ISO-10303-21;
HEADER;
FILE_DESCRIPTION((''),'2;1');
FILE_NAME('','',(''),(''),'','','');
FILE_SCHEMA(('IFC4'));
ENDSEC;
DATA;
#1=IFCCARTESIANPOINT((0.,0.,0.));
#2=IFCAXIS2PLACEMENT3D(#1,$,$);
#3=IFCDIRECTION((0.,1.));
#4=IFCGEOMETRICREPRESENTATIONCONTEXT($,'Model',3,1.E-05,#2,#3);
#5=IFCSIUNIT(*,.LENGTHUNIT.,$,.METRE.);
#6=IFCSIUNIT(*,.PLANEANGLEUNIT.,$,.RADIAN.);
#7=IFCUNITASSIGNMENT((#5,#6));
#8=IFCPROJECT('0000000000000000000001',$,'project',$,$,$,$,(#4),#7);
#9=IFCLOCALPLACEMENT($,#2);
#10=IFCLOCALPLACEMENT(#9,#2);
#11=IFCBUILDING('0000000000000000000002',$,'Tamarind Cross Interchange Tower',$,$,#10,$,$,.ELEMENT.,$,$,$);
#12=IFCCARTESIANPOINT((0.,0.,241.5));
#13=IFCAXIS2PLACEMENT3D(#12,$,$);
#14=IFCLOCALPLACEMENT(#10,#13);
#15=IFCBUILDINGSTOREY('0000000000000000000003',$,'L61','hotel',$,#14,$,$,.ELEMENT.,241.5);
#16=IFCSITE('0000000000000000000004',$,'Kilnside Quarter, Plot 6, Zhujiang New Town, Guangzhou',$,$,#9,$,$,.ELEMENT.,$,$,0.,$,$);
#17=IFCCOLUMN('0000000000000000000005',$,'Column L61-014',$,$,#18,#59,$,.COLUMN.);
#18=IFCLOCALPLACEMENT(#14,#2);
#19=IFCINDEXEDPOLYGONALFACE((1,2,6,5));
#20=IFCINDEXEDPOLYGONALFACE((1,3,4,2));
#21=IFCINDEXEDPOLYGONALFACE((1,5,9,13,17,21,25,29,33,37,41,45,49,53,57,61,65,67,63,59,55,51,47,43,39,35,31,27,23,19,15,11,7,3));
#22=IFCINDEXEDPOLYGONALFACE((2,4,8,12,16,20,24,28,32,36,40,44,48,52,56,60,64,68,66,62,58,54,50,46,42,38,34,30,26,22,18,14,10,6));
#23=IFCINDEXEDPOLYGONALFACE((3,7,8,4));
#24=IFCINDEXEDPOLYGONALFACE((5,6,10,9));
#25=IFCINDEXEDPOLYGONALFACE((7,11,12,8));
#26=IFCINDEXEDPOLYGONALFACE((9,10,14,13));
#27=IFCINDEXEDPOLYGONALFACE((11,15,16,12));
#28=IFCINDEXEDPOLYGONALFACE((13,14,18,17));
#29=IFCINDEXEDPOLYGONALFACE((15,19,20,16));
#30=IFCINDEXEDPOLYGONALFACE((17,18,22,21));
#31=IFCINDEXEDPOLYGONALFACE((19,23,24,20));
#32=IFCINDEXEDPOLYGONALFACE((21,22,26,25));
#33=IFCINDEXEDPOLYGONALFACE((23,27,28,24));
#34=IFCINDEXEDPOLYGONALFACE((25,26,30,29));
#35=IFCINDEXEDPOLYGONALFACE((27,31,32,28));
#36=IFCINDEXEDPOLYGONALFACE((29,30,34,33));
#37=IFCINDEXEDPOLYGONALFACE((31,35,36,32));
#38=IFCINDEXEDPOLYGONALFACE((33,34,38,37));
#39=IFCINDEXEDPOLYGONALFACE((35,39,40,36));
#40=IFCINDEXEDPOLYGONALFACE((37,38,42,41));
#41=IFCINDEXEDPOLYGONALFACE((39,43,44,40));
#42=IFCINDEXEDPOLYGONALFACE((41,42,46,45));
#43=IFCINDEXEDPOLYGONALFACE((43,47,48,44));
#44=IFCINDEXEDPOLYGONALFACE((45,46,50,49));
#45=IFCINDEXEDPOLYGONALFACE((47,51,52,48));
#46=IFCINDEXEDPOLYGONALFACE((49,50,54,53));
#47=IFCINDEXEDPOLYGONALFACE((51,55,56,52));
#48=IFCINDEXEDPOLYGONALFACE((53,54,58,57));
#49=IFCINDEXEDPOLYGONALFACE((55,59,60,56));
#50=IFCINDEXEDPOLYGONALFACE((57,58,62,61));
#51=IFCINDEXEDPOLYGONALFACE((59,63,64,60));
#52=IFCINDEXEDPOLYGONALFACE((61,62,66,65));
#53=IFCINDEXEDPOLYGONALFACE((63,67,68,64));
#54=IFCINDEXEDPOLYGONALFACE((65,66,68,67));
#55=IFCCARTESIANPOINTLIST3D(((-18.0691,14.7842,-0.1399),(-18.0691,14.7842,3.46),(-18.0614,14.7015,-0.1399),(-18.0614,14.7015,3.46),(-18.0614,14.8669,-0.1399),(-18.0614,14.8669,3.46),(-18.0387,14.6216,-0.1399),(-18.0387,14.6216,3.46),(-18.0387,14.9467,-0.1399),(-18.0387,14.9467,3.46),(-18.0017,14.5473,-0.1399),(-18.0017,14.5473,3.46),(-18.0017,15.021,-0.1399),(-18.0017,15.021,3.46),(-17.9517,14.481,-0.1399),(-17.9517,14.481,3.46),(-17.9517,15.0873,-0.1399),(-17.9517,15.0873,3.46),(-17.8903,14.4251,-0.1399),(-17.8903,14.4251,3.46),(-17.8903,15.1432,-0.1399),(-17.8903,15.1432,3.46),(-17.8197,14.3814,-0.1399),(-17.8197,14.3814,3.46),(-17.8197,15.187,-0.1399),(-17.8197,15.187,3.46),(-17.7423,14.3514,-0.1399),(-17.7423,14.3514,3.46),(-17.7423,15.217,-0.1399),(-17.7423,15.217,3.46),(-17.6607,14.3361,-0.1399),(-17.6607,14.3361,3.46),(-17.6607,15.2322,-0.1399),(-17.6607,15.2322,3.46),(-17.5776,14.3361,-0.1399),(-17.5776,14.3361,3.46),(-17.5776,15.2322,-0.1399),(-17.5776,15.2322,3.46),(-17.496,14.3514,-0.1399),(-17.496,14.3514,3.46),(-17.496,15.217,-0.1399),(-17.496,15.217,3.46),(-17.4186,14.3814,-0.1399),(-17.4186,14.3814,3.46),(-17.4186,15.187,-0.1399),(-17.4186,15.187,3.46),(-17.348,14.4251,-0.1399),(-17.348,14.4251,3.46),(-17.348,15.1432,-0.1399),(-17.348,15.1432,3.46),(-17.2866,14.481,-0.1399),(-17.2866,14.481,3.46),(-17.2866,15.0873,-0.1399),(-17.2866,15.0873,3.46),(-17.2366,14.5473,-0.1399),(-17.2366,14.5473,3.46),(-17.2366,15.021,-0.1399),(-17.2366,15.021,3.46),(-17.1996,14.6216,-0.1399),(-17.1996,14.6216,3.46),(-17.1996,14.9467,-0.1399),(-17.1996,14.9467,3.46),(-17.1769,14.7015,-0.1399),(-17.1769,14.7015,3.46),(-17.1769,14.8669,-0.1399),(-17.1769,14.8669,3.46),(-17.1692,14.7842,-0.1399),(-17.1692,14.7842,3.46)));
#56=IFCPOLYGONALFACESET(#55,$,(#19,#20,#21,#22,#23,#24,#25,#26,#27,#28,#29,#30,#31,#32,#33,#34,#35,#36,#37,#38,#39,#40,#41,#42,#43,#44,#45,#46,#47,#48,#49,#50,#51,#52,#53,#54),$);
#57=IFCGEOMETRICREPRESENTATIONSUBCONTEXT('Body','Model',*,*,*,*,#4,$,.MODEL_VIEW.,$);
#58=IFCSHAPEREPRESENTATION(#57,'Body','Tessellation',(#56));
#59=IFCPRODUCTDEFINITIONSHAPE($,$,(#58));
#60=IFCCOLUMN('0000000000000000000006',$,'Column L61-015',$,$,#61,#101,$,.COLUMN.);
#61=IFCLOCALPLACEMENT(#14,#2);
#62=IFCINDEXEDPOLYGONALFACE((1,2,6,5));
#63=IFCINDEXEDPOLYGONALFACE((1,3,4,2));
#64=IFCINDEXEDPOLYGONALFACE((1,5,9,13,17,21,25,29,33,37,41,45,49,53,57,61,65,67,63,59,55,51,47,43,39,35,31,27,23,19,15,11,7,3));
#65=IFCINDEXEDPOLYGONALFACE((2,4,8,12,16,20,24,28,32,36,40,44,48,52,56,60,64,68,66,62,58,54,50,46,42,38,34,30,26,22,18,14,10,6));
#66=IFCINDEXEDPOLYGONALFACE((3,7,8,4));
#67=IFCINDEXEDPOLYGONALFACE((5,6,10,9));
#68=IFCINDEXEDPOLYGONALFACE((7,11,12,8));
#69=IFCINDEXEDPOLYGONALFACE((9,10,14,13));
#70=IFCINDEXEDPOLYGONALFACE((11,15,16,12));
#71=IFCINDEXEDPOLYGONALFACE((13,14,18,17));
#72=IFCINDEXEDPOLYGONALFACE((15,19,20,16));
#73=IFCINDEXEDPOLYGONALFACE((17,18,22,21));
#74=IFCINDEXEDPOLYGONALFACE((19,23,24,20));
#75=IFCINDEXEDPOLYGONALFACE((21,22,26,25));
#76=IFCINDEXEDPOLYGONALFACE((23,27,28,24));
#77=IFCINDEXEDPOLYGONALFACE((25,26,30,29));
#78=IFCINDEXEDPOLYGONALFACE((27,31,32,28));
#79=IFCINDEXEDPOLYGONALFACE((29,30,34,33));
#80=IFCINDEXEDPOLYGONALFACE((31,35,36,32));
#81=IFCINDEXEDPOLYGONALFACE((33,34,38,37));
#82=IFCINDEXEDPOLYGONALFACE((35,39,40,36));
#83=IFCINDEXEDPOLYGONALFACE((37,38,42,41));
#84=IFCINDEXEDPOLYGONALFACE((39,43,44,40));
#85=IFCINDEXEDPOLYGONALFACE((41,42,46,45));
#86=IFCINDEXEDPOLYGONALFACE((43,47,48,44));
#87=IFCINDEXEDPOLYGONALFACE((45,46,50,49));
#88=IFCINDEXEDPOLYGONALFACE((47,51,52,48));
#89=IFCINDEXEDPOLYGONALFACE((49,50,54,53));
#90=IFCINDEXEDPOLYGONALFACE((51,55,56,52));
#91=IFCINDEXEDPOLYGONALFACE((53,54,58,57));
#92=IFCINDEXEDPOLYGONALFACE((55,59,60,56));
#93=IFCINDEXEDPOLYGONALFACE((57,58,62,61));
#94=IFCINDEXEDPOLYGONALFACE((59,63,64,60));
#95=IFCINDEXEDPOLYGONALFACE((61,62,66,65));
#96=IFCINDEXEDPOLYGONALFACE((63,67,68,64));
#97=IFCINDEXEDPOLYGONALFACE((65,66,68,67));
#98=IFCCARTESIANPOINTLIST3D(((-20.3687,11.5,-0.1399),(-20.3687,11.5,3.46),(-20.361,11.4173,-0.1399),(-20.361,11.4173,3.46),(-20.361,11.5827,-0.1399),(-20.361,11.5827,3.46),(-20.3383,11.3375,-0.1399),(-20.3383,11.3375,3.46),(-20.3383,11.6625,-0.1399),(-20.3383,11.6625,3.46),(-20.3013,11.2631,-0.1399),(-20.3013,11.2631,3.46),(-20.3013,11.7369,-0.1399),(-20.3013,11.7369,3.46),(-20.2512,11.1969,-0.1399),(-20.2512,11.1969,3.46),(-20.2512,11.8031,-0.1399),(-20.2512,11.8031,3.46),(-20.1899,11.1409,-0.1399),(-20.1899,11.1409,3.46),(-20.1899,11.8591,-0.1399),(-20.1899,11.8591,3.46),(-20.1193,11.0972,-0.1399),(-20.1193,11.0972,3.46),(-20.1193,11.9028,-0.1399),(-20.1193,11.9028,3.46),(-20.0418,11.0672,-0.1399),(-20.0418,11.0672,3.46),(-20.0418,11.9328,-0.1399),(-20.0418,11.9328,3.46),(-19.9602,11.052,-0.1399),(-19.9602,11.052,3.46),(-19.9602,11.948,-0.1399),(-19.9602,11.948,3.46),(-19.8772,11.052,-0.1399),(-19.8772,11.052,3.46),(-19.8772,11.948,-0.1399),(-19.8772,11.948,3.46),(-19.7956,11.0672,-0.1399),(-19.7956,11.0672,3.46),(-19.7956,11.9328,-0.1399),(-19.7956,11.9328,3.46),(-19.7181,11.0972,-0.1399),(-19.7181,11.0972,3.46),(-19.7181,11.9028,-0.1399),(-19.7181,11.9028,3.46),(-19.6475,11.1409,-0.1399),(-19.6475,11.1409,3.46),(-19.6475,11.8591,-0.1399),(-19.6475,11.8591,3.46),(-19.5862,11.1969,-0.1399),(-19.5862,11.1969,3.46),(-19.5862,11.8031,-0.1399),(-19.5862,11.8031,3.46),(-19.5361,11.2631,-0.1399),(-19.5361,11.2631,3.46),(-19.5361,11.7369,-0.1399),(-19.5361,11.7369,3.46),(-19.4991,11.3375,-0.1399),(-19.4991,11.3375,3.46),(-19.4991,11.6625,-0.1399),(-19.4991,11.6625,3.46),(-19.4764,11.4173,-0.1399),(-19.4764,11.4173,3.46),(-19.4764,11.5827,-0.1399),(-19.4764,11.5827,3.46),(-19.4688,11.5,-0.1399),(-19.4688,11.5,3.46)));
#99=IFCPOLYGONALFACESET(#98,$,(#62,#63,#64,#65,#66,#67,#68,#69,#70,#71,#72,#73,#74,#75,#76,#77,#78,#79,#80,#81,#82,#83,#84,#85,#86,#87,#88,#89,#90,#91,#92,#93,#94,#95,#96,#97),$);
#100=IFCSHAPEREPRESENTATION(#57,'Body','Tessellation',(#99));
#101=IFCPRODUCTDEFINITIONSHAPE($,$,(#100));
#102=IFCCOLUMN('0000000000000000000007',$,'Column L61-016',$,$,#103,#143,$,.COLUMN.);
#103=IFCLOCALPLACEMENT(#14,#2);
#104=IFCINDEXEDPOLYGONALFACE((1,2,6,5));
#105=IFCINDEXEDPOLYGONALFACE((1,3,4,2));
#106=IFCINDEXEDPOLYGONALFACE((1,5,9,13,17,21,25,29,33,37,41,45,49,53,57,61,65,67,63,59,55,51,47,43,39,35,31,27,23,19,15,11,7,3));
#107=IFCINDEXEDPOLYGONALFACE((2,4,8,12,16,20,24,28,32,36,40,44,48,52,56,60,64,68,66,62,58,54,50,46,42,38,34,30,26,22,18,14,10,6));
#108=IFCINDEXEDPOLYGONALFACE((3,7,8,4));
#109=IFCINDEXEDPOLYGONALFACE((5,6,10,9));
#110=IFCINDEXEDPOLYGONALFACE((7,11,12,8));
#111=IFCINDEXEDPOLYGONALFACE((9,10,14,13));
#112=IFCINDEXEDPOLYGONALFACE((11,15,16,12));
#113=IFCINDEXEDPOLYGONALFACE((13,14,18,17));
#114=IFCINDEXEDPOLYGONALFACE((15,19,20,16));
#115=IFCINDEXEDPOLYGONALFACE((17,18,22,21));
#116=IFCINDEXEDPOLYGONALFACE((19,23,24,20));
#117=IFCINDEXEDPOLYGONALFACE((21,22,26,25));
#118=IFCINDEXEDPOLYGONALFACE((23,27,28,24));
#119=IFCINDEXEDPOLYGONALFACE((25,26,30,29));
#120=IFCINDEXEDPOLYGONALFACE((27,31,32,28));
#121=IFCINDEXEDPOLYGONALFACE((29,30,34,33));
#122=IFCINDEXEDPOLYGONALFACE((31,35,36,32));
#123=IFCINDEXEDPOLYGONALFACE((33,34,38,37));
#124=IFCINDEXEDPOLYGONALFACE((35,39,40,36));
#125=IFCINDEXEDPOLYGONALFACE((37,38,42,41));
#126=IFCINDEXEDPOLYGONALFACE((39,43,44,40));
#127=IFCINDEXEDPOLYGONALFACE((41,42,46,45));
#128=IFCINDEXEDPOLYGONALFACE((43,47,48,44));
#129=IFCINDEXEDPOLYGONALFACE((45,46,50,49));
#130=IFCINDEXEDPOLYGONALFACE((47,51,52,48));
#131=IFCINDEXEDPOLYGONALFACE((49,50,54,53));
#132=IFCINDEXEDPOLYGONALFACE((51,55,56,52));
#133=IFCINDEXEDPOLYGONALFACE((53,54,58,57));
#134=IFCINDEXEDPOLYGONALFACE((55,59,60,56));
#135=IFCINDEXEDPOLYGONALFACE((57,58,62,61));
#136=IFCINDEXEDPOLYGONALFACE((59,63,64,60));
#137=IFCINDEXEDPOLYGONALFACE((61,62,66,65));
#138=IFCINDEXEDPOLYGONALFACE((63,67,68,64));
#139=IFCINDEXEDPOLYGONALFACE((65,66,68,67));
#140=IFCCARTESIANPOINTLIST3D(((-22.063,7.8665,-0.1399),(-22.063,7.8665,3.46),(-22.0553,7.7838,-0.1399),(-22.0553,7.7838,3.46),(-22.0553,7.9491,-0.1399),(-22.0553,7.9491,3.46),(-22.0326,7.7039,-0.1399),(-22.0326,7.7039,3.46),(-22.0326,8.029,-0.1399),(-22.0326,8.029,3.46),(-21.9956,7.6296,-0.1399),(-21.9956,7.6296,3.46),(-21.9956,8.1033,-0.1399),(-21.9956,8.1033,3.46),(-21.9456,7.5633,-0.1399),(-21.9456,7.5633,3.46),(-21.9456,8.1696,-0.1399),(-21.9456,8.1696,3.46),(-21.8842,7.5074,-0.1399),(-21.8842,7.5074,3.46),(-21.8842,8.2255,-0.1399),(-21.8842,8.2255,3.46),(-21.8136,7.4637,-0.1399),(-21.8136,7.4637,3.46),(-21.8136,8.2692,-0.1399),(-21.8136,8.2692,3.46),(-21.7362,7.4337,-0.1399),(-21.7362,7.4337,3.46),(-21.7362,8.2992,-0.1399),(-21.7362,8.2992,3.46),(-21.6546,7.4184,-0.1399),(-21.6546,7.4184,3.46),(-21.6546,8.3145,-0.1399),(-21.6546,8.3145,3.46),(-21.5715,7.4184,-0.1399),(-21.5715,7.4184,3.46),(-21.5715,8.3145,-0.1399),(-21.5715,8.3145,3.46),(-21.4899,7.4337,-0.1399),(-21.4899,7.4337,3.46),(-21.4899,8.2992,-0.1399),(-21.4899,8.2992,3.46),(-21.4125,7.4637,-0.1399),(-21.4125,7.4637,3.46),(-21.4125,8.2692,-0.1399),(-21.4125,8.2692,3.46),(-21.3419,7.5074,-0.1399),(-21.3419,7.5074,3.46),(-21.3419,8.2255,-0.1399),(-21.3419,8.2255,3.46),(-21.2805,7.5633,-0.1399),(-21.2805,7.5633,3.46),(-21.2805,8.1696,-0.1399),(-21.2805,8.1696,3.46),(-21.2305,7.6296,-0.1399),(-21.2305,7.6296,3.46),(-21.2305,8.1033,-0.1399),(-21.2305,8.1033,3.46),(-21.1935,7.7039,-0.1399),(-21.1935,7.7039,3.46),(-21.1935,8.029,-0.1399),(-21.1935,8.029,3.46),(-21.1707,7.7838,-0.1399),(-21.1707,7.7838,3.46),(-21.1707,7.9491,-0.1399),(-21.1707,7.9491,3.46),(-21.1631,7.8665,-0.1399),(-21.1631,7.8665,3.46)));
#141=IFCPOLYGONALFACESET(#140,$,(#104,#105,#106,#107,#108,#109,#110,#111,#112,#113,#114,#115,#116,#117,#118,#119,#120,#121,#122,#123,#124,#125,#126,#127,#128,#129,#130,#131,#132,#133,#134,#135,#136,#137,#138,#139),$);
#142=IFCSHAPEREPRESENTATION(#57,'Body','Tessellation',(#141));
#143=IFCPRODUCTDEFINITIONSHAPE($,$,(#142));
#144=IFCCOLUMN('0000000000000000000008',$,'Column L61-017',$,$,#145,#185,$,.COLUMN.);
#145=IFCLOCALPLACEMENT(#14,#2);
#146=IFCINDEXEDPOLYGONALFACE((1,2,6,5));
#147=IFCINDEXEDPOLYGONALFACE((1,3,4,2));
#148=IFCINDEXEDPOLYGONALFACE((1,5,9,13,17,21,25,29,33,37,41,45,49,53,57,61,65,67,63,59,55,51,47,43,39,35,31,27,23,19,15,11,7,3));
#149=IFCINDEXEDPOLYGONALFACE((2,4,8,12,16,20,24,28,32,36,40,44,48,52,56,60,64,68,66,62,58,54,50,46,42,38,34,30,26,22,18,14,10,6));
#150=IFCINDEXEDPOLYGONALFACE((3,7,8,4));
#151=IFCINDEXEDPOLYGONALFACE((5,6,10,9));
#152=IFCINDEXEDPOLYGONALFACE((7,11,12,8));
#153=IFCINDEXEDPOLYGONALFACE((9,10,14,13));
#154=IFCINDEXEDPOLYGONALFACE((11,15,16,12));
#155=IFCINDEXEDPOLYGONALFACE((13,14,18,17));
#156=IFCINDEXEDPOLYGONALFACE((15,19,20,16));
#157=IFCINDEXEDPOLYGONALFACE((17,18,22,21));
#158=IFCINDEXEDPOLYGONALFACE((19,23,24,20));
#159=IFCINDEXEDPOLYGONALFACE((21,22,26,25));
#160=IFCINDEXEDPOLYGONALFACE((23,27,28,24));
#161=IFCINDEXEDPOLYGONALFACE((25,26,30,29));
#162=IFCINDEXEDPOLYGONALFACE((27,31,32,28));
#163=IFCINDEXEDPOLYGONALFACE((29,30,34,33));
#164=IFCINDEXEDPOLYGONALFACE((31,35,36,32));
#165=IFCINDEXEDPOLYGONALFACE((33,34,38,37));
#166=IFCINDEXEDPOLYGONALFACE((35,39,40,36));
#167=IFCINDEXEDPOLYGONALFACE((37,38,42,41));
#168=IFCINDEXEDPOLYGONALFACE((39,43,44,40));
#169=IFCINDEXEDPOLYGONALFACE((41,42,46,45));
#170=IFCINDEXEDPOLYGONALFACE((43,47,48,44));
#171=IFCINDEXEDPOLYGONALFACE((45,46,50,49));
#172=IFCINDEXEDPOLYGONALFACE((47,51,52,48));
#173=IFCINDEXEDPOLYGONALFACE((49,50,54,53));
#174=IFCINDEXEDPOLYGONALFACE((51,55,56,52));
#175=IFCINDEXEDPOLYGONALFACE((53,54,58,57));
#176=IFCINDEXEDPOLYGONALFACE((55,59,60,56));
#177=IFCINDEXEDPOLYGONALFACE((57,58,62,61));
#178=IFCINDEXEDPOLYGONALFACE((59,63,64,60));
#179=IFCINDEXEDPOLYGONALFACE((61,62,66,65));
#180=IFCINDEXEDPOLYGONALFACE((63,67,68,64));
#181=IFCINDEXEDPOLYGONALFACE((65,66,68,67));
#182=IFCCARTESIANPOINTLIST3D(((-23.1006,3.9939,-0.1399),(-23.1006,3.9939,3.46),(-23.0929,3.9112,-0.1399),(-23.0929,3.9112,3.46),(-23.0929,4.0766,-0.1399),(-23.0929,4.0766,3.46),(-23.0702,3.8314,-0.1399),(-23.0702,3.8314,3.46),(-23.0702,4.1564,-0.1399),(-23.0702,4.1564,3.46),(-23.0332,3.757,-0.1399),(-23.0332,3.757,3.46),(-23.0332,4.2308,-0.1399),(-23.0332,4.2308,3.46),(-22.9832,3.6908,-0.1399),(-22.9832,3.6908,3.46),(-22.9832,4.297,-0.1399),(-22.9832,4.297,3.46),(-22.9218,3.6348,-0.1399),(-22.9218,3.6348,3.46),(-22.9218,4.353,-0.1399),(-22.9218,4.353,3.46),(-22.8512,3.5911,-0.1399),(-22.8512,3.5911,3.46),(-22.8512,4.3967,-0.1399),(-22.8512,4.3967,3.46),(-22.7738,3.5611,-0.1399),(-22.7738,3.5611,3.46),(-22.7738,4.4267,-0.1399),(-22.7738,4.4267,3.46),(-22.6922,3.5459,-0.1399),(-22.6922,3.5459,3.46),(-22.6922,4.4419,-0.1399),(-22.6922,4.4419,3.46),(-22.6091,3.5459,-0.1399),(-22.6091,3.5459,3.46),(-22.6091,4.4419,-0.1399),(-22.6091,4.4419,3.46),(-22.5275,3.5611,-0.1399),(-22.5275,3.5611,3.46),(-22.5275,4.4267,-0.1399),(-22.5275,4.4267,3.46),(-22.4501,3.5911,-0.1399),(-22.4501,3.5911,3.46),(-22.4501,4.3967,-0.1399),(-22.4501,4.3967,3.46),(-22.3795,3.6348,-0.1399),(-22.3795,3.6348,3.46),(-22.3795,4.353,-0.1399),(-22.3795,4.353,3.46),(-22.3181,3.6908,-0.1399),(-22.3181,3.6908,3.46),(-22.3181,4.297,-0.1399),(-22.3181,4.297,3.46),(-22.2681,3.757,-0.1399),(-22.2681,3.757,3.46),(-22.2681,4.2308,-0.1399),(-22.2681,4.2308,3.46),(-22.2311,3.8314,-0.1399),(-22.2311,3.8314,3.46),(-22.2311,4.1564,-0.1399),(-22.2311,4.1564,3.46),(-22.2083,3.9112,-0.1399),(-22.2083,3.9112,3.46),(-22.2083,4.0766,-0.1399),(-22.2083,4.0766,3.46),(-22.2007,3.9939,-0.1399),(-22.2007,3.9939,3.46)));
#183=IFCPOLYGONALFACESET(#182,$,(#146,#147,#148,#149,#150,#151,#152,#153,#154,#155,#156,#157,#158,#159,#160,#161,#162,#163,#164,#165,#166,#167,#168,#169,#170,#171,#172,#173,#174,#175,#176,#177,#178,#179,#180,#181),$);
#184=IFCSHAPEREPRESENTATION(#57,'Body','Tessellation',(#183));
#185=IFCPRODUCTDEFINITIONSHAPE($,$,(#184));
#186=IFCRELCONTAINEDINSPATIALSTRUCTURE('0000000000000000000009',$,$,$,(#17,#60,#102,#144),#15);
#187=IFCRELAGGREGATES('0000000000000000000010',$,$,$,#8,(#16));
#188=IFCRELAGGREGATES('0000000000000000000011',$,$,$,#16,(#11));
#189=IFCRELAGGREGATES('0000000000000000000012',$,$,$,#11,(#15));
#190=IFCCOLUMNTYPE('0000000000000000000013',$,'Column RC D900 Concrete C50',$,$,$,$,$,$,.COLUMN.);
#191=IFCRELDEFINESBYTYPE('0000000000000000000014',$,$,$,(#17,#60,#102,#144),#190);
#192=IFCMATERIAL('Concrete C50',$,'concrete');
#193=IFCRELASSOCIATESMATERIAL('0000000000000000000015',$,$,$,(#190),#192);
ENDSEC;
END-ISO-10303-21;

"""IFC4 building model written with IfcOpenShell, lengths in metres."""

from ifc_helpers import new_model, si_unit, direction, frame, origin, origin_2d, place, context, subcontext, project, spatial, circle, extrude, material, material_profile, profile_set, type_object, element, save


model = new_model("IFC4")

# Units and contexts
model_context = context("Model", 3, precision=1e-05, world=origin(), true_north=direction((0.0, 1.0)))
body_context = subcontext(model_context, "Body", "Model", "MODEL_VIEW")
ifc_project = project(units=[si_unit("LENGTHUNIT", "METRE"), si_unit("PLANEANGLEUNIT", "RADIAN")], contexts=[model_context])

# Site, building, storey
site_placement = place(None, origin())
site = spatial("IfcSite", under=ifc_project, at=site_placement, Name="Kilnside Quarter, Plot 6, Zhujiang New Town, Guangzhou", CompositionType="ELEMENT", RefElevation=0.0)
building_placement = place(site_placement, origin())
building = spatial("IfcBuilding", under=site, at=building_placement, Name="Tamarind Cross Interchange Tower", CompositionType="ELEMENT")
storey_placement = place(building_placement, frame((0.0, 0.0, 241.5)))
storey = spatial("IfcBuildingStorey", under=building, at=storey_placement, Name="L61", Description="hotel", CompositionType="ELEMENT", Elevation=241.5)

# Columns
ifc_material_1 = material(Name="Concrete C50", Category="concrete")
ifc_material_profile_1 = material_profile(ifc_material_1, circle(Radius=0.45, at=origin_2d()), Name="RC D900")
ifc_profile_set_1 = profile_set([ifc_material_profile_1], Name="Concrete C50")
column_type = type_object("IfcColumnType", Name="Column RC D900 Concrete C50", PredefinedType="COLUMN", material=ifc_profile_set_1)
for number, where, z_axis, x_axis, name in (
    (1, (-17.6191, 14.7842, -0.1399), (0.0, 0.0, 1.0), (1.0, 0.0, 0.0), "Column L61-014"),
    (2, (-19.9187, 11.5, -0.1399), (0.0, 0.0, 1.0), (1.0, 0.0, 0.0), "Column L61-015"),
    (3, (-21.613, 7.8665, -0.1399), (0.0, 0.0, 1.0), (1.0, 0.0, 0.0), "Column L61-016"),
    (4, (-22.6506, 3.9939, -0.1399), (0.0, 0.0, 1.0), (1.0, 0.0, 0.0), "Column L61-017"),
):
    element("IfcColumn", number, at=place(storey_placement, frame(where, z_axis=z_axis, x_axis=x_axis)), inside=storey, type_object=column_type, Name=name, PredefinedType="COLUMN", context=body_context, shape_type="SweptSolid", body=[
        extrude(circle(Radius=0.45, at=origin_2d()), origin(), (0.0, 0.0, 1.0), 3.5999),
    ])

save(model, "model.ifc")
